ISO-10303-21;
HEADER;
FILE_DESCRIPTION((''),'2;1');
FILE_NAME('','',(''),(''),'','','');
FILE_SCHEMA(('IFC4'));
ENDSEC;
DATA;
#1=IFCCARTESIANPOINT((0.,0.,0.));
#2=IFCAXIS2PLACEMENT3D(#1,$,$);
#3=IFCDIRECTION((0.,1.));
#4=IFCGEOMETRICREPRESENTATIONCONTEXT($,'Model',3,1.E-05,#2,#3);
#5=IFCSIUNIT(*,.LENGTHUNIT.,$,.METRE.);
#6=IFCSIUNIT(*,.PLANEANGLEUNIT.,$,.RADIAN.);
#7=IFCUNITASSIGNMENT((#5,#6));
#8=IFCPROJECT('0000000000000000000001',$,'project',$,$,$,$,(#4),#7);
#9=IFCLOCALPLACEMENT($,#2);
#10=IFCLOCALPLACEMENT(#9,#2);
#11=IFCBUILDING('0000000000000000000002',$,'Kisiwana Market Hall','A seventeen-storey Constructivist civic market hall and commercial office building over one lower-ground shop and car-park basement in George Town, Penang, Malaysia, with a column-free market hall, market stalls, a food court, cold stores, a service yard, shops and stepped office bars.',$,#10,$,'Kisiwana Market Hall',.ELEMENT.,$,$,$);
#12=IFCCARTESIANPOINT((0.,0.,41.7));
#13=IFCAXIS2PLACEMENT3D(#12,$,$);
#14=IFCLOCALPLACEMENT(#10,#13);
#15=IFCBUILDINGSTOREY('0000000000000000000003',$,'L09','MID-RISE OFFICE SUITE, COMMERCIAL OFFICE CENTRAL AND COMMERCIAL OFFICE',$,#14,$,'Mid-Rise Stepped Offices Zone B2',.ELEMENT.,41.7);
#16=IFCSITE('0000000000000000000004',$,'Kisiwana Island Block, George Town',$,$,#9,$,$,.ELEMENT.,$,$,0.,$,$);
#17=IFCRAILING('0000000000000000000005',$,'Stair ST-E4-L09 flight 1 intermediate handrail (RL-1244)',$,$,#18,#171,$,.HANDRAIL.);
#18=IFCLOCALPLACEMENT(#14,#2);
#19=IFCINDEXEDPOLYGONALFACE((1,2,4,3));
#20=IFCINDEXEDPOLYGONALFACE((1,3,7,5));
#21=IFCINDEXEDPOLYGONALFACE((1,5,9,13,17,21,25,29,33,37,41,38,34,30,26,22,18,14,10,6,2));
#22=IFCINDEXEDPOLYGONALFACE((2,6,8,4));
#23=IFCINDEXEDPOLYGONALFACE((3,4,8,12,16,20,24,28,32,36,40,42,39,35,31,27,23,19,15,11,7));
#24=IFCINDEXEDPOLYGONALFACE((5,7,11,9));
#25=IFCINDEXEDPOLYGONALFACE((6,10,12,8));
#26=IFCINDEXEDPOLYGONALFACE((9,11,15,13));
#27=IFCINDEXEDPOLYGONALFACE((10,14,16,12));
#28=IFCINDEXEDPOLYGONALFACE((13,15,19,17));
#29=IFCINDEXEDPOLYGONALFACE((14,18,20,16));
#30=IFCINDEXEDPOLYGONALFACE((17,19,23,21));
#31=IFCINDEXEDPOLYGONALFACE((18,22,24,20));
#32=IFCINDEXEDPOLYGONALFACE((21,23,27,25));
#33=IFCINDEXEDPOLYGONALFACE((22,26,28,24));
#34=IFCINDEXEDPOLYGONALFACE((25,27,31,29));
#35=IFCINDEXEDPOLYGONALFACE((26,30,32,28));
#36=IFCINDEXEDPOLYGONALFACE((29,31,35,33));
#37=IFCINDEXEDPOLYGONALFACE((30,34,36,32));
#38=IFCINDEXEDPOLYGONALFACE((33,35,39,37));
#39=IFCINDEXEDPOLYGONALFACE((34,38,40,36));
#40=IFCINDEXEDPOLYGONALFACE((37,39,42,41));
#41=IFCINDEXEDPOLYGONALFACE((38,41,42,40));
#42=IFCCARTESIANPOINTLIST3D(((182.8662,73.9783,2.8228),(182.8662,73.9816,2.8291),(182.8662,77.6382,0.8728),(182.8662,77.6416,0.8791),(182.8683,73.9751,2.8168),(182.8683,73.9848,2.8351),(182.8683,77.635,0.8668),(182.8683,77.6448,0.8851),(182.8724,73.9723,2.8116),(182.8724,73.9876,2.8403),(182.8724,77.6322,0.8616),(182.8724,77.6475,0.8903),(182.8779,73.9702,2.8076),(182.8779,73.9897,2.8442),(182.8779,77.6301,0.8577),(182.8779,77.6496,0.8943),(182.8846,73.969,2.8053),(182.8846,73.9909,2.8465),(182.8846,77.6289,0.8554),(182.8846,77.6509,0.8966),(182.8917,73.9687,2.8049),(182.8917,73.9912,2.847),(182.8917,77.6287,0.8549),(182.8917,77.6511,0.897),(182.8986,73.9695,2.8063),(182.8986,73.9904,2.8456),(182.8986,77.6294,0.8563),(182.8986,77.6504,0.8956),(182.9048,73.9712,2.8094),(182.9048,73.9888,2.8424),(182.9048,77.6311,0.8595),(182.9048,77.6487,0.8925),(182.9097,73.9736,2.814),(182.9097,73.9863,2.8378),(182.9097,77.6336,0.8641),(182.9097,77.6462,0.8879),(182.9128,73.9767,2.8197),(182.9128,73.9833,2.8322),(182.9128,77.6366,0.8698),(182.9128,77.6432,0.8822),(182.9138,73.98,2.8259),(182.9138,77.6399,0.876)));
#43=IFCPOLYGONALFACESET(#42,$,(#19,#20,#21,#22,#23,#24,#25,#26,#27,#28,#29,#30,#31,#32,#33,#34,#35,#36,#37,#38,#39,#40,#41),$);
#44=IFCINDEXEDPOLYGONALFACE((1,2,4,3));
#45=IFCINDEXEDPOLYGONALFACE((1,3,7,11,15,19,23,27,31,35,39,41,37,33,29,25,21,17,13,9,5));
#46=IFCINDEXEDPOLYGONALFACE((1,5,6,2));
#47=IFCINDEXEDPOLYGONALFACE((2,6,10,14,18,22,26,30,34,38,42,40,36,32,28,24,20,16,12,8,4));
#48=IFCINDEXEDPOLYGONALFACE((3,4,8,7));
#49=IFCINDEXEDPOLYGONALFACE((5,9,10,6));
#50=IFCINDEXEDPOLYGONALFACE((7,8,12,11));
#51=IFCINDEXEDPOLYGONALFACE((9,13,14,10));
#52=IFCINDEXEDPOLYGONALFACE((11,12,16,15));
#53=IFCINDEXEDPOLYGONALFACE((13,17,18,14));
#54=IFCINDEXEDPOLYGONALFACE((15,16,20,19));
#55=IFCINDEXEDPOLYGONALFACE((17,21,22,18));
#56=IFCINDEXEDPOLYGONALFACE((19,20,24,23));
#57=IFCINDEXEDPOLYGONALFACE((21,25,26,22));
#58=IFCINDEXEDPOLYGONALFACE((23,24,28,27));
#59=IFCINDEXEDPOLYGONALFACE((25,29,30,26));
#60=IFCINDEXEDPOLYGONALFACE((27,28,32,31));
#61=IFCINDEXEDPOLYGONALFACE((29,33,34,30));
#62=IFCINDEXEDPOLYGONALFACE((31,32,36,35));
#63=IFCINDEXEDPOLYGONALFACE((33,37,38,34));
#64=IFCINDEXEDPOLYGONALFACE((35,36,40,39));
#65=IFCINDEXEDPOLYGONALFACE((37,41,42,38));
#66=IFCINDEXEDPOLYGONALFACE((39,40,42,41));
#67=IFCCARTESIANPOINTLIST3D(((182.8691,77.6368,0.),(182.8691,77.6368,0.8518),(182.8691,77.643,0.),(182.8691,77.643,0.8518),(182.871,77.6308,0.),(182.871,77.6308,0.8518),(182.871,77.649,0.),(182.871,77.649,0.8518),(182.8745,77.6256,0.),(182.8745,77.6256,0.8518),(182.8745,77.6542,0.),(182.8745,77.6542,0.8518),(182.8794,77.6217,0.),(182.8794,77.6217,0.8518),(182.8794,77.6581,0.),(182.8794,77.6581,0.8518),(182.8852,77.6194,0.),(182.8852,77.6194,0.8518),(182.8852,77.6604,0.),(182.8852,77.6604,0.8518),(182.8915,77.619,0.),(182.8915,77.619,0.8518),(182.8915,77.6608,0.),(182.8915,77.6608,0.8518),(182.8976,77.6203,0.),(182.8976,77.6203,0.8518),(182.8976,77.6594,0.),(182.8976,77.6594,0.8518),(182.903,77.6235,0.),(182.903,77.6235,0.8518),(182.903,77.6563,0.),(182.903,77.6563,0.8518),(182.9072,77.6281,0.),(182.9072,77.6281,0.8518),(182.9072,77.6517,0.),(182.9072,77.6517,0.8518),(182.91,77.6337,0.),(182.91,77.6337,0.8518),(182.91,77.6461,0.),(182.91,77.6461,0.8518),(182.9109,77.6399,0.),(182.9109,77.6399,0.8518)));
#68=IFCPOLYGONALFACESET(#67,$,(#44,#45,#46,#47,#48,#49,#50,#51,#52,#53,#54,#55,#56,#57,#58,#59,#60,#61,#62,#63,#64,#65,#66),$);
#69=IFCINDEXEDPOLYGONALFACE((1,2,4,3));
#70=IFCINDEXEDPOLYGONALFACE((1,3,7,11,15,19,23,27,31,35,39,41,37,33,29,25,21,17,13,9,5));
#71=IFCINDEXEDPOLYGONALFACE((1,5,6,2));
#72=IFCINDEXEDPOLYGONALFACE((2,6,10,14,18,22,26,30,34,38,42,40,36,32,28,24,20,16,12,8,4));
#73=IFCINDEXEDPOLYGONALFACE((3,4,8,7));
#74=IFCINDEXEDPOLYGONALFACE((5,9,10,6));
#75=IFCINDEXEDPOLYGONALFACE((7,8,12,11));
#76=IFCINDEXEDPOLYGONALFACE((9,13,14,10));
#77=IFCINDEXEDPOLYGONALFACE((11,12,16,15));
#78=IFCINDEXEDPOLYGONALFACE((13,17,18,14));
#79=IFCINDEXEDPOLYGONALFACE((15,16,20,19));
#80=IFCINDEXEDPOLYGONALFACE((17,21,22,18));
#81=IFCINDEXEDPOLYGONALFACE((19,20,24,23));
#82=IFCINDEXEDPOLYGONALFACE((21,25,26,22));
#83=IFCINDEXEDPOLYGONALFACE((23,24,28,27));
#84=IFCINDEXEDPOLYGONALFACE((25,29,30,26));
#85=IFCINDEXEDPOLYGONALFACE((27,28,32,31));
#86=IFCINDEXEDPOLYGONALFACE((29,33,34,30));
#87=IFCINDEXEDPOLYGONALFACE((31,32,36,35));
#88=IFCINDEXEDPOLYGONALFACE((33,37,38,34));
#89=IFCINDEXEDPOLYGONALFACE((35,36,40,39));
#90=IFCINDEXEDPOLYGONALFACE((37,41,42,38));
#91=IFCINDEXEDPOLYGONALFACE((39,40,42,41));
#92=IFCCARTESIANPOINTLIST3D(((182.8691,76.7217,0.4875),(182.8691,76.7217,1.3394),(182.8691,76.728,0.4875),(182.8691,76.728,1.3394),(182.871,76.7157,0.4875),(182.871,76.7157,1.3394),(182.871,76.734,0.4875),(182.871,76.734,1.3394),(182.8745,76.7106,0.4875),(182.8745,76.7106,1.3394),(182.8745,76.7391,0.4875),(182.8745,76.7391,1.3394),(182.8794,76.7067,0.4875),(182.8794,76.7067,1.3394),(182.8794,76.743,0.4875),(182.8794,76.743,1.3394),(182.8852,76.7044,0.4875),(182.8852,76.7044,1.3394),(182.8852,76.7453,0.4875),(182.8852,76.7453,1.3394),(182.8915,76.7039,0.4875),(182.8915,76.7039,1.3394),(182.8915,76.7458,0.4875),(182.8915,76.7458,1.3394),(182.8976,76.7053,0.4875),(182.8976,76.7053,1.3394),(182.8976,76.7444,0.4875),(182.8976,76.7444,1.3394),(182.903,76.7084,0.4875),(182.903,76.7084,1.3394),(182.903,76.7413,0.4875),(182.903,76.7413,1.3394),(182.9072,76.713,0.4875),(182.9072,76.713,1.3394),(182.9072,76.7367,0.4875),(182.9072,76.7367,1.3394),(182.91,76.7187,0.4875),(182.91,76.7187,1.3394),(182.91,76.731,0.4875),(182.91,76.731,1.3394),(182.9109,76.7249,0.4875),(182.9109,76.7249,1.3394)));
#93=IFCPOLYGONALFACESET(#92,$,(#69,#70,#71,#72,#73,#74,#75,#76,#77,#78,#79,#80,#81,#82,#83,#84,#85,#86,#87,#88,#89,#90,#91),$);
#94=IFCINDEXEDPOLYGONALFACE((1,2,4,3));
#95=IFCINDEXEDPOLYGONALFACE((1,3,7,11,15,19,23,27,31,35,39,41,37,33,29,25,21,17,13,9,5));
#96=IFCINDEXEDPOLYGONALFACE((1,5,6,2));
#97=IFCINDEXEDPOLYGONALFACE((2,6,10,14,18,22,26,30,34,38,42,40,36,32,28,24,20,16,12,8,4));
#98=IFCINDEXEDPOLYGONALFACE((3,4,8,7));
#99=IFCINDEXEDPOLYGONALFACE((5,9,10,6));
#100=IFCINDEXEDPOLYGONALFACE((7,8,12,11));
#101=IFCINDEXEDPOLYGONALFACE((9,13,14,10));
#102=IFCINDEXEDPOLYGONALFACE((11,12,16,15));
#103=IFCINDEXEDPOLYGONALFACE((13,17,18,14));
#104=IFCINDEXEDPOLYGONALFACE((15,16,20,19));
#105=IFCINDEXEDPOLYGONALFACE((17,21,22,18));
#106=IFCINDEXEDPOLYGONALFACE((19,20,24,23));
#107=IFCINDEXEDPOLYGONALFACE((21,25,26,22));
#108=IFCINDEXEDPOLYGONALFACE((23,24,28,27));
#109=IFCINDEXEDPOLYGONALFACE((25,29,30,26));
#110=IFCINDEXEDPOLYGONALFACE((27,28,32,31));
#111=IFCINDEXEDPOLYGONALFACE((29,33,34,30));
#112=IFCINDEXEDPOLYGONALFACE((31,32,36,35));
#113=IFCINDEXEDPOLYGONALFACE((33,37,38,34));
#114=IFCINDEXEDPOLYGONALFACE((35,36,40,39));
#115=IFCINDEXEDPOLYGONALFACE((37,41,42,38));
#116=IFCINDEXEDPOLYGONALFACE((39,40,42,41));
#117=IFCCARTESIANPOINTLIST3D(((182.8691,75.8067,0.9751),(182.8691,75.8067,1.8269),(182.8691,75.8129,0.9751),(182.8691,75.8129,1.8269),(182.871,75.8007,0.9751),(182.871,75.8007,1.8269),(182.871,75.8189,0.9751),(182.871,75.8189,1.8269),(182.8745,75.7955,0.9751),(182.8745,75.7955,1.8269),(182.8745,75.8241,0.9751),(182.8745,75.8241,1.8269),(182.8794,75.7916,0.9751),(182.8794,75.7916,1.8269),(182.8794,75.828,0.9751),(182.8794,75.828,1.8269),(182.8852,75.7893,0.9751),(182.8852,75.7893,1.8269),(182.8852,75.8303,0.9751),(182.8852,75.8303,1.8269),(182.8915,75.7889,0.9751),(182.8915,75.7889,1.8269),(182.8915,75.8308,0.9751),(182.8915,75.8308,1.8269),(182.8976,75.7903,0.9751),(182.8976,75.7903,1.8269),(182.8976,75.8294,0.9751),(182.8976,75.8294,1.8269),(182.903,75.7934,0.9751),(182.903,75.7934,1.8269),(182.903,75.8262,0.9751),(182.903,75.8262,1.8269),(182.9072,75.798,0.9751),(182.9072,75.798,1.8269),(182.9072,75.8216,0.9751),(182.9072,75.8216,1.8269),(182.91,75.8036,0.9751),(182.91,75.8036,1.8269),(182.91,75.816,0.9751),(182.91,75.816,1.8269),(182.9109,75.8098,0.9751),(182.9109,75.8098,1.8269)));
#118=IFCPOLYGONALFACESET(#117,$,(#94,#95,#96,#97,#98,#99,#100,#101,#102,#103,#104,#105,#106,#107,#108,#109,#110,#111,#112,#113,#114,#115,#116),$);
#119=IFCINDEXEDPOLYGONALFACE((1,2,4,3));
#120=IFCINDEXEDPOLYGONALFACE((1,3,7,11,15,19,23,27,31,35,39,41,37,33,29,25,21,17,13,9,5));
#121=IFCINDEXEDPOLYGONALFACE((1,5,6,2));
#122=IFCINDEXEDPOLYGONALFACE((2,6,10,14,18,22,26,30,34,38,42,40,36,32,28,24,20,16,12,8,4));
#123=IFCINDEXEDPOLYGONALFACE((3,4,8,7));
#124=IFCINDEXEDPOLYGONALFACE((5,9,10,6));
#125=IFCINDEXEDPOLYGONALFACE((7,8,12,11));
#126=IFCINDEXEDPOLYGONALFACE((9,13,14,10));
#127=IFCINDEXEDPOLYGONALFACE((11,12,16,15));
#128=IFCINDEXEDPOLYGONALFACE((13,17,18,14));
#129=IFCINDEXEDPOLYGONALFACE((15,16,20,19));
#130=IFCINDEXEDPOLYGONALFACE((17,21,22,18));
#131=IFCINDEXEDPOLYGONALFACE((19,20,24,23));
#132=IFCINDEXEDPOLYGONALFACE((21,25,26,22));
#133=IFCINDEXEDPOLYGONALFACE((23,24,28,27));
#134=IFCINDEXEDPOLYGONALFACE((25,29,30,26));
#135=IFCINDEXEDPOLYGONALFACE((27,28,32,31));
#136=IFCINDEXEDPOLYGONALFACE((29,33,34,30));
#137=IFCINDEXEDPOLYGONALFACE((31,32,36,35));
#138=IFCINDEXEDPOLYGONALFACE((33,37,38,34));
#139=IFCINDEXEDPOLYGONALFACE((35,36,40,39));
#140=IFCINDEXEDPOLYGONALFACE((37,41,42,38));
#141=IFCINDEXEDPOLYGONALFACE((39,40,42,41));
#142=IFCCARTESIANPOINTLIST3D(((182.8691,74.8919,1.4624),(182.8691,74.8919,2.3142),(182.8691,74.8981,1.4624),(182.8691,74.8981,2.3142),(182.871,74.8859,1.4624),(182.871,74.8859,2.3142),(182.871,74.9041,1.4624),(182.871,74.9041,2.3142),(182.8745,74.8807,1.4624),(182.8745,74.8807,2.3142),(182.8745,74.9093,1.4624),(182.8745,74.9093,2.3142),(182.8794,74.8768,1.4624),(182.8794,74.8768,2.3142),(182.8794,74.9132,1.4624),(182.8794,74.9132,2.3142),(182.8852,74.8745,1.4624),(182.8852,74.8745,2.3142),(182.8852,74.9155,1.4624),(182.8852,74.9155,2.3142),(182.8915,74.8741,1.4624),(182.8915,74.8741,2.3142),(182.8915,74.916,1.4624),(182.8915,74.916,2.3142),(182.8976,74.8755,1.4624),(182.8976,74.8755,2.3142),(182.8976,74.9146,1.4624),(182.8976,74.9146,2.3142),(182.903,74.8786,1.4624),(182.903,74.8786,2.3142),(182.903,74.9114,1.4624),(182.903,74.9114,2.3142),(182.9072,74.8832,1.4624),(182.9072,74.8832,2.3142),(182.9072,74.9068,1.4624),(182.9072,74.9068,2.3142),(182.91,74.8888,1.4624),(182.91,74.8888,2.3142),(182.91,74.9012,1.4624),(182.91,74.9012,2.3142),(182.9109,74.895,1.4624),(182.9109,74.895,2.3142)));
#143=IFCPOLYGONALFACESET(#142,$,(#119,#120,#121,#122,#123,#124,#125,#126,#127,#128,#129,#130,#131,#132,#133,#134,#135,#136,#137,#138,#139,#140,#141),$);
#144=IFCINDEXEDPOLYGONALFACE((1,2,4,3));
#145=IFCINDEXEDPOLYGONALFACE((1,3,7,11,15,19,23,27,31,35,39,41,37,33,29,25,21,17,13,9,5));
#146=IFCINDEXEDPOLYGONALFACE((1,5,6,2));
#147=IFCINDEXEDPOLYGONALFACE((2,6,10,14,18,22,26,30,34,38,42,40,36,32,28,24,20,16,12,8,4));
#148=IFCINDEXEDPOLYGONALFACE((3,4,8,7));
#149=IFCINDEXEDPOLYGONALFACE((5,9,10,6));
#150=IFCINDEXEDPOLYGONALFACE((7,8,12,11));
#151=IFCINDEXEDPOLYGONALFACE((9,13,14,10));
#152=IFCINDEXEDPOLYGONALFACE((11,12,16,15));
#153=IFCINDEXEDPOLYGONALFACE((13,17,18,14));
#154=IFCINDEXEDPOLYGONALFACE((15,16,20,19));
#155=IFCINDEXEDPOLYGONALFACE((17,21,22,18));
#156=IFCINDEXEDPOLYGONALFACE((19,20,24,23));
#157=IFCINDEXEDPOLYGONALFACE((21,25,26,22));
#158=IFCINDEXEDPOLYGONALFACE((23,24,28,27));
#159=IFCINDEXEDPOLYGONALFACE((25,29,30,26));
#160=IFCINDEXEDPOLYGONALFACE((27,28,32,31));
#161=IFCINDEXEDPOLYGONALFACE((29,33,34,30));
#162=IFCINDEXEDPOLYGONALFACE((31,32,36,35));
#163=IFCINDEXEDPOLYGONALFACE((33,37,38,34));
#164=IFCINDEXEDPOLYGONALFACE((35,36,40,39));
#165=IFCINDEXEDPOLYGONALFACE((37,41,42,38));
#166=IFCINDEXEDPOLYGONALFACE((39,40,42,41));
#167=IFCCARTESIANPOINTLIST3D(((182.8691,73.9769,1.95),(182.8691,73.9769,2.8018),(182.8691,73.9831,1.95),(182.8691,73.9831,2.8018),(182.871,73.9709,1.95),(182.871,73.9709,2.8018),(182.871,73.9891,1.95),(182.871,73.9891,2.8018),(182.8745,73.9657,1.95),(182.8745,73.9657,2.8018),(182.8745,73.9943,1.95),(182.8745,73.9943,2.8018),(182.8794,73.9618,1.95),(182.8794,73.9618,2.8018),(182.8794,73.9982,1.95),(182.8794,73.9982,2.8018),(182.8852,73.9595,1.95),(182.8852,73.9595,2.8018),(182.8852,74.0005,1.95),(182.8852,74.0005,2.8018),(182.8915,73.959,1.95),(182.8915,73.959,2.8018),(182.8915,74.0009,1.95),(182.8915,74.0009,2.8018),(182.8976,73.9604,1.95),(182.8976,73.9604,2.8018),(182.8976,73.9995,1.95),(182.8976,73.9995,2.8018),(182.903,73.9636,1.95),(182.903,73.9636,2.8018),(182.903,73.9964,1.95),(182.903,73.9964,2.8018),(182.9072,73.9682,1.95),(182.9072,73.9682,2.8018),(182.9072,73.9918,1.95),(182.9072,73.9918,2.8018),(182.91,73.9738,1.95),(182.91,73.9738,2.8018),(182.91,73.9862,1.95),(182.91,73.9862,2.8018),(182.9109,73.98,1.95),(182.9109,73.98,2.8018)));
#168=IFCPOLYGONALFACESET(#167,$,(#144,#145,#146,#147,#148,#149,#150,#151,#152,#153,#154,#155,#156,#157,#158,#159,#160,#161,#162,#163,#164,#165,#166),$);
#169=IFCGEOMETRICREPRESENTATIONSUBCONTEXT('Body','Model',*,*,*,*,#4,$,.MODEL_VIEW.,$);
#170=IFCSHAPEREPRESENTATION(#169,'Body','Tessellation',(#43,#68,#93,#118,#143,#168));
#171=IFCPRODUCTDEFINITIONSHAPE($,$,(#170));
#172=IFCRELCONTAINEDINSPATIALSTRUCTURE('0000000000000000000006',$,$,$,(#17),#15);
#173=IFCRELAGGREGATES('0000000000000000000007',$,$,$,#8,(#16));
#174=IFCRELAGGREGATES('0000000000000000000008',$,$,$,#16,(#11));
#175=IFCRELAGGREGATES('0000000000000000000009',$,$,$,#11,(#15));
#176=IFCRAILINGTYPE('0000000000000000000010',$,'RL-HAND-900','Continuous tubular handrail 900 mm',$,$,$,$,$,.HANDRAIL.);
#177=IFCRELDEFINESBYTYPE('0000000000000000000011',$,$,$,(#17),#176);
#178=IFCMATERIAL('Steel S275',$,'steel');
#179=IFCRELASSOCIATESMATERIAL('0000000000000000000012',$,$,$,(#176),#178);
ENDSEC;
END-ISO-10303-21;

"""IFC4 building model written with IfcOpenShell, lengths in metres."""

from ifc_helpers import new_model, si_unit, direction, frame, origin, origin_2d, place, context, subcontext, project, spatial, circle, extrude, material, type_object, element, save


model = new_model("IFC4")

# Units and contexts
model_context = context("Model", 3, precision=1e-05, world=origin(), true_north=direction((0.0, 1.0)))
body_context = subcontext(model_context, "Body", "Model", "MODEL_VIEW")
ifc_project = project(units=[si_unit("LENGTHUNIT", "METRE"), si_unit("PLANEANGLEUNIT", "RADIAN")], contexts=[model_context])

# Site, building, storey
site_placement = place(None, origin())
site = spatial("IfcSite", under=ifc_project, at=site_placement, Name="Kisiwana Island Block, George Town", CompositionType="ELEMENT", RefElevation=0.0)
building_placement = place(site_placement, origin())
building = spatial("IfcBuilding", under=site, at=building_placement, Name="Kisiwana Market Hall", Description="A seventeen-storey Constructivist civic market hall and commercial office building over one lower-ground shop and car-park basement in George Town, Penang, Malaysia, with a column-free market hall, market stalls, a food court, cold stores, a service yard, shops and stepped office bars.", LongName="Kisiwana Market Hall", CompositionType="ELEMENT")
storey_placement = place(building_placement, frame((0.0, 0.0, 41.7)))
storey = spatial("IfcBuildingStorey", under=building, at=storey_placement, Name="L09", Description="MID-RISE OFFICE SUITE, COMMERCIAL OFFICE CENTRAL AND COMMERCIAL OFFICE", LongName="Mid-Rise Stepped Offices Zone B2", CompositionType="ELEMENT", Elevation=41.7)

# Railing
ifc_material_1 = material(Name="Steel S275", Category="steel")
railing_type_1 = type_object("IfcRailingType", Name="RL-HAND-900", Description="Continuous tubular handrail 900 mm", PredefinedType="HANDRAIL", material=ifc_material_1)
railing_1_placement = place(storey_placement, frame((182.8899, 77.6399, 0.0)))
element("IfcRailing", 1, at=railing_1_placement, inside=storey, type_object=railing_type_1, Name="Stair ST-E4-L09 flight 1 intermediate handrail (RL-1244)", PredefinedType="HANDRAIL", context=body_context, shape_type="SweptSolid", body=[
    extrude(circle(Radius=0.0239, at=origin_2d()), frame((0.0, 0.0, 0.876), z_axis=(0.0, -0.882553, 0.470212), x_axis=(1.0, 0.0, 0.0)), (0.0, 0.0, 1.0), 4.147),
    extrude(circle(Radius=0.021, at=origin_2d()), origin(), (0.0, 0.0, 1.0), 0.8518),
    extrude(circle(Radius=0.021, at=origin_2d()), frame((0.0, -0.915, 0.4875)), (0.0, 0.0, 1.0), 0.8518),
    extrude(circle(Radius=0.021, at=origin_2d()), frame((0.0, -1.8301, 0.9751)), (0.0, 0.0, 1.0), 0.8518),
    extrude(circle(Radius=0.021, at=origin_2d()), frame((0.0, -2.7449, 1.4624)), (0.0, 0.0, 1.0), 0.8518),
    extrude(circle(Radius=0.021, at=origin_2d()), frame((0.0, -3.6599, 1.95)), (0.0, 0.0, 1.0), 0.8518),
])

save(model, "model.ifc")
